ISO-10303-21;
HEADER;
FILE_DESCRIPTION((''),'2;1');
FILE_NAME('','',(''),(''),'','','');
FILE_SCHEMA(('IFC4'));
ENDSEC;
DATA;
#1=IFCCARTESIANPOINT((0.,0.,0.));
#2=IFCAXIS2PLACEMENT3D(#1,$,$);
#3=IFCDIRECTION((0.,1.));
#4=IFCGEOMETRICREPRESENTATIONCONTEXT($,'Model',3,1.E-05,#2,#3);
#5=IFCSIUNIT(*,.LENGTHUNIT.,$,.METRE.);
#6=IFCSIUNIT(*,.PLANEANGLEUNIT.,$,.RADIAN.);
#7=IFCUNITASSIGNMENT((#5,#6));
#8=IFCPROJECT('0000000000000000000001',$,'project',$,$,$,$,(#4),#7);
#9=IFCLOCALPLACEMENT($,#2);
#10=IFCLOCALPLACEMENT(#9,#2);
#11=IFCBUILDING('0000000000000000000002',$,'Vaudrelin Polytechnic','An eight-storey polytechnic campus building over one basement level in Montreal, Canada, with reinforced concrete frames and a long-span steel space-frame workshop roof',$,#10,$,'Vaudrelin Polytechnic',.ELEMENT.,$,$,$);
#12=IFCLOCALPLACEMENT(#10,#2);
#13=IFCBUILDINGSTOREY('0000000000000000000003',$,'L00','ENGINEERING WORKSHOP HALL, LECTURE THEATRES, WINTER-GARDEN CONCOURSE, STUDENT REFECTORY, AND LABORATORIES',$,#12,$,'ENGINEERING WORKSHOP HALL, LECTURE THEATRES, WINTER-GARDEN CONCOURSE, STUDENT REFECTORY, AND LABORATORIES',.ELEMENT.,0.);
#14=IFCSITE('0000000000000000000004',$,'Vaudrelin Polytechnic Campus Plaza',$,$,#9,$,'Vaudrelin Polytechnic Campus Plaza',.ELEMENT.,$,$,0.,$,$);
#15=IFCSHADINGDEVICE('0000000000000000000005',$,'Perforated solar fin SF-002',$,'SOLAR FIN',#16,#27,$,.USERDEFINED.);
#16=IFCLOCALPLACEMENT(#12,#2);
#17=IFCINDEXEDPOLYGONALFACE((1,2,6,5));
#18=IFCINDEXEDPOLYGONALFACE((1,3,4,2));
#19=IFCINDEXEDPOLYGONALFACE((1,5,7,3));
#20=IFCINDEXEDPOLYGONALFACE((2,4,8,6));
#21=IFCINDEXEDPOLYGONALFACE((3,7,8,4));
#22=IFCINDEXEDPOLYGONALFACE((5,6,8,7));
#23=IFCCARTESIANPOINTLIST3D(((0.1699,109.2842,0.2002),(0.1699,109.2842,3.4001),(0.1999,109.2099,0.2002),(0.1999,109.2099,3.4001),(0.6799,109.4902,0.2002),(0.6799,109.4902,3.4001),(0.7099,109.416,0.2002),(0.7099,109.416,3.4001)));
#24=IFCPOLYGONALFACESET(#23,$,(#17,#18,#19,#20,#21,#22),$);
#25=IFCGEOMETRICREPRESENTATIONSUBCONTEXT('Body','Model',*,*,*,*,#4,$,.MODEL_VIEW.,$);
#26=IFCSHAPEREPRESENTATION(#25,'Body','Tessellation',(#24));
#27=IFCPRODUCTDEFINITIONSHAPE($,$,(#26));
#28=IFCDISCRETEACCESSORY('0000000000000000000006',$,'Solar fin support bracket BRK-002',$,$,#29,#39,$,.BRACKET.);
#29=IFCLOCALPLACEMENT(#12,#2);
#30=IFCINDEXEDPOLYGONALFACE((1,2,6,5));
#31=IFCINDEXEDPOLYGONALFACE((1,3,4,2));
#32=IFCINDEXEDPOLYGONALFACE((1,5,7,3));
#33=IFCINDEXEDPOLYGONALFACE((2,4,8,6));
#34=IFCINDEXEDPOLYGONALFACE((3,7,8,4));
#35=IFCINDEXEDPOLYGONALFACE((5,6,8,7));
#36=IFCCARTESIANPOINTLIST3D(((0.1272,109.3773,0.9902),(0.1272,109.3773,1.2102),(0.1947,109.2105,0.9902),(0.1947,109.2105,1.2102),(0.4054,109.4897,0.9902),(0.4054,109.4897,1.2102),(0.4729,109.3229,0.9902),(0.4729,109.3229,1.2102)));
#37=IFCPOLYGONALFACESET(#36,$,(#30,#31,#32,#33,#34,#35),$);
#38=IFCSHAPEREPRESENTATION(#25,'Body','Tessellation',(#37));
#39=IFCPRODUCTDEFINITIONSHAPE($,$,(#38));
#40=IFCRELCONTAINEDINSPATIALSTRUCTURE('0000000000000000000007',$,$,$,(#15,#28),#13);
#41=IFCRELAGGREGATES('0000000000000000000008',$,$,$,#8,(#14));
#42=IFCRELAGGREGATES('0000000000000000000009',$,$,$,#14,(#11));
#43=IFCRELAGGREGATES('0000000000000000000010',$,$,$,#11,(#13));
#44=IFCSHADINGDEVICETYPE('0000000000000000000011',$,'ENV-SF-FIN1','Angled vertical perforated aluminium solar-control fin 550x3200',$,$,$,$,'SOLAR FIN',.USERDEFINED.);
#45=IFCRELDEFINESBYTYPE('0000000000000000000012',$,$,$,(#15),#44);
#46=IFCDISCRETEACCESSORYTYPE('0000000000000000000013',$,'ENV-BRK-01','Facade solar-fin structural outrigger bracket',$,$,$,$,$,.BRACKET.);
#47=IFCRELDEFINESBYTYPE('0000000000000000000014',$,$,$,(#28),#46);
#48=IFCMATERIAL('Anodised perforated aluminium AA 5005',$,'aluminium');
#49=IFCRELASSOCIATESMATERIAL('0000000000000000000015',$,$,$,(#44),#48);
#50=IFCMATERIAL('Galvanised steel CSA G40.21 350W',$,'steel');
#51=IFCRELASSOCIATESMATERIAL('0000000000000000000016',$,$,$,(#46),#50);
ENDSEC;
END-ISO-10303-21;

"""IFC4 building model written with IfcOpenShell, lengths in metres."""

from ifc_helpers import new_model, si_unit, direction, frame, origin, origin_2d, place, context, subcontext, project, spatial, rectangle, extrude, material, type_object, element, save


model = new_model("IFC4")

# Units and contexts
model_context = context("Model", 3, precision=1e-05, world=origin(), true_north=direction((0.0, 1.0)))
body_context = subcontext(model_context, "Body", "Model", "MODEL_VIEW")
ifc_project = project(units=[si_unit("LENGTHUNIT", "METRE"), si_unit("PLANEANGLEUNIT", "RADIAN")], contexts=[model_context])

# Site, building, storey
site_placement = place(None, origin())
site = spatial("IfcSite", under=ifc_project, at=site_placement, Name="Vaudrelin Polytechnic Campus Plaza", LongName="Vaudrelin Polytechnic Campus Plaza", CompositionType="ELEMENT", RefElevation=0.0)
building_placement = place(site_placement, origin())
building = spatial("IfcBuilding", under=site, at=building_placement, Name="Vaudrelin Polytechnic", Description="An eight-storey polytechnic campus building over one basement level in Montreal, Canada, with reinforced concrete frames and a long-span steel space-frame workshop roof", LongName="Vaudrelin Polytechnic", CompositionType="ELEMENT")
storey_placement = place(building_placement, origin())
storey = spatial("IfcBuildingStorey", under=building, at=storey_placement, Name="L00", Description="ENGINEERING WORKSHOP HALL, LECTURE THEATRES, WINTER-GARDEN CONCOURSE, STUDENT REFECTORY, AND LABORATORIES", LongName="ENGINEERING WORKSHOP HALL, LECTURE THEATRES, WINTER-GARDEN CONCOURSE, STUDENT REFECTORY, AND LABORATORIES", CompositionType="ELEMENT", Elevation=0.0)

# Shading device
ifc_material_1 = material(Name="Anodised perforated aluminium AA 5005", Category="aluminium")
shading_device_type = type_object("IfcShadingDeviceType", Name="ENV-SF-FIN1", Description="Angled vertical perforated aluminium solar-control fin 550x3200", ElementType="SOLAR FIN", PredefinedType="USERDEFINED", material=ifc_material_1)
shading_device_placement = place(storey_placement, frame((0.4399, 109.3501, 0.2002), z_axis=(0.0, 0.0, 1.0), x_axis=(0.927184, 0.374607, 0.0)))
element("IfcShadingDevice", 1, at=shading_device_placement, inside=storey, type_object=shading_device_type, Name="Perforated solar fin SF-002", ObjectType="SOLAR FIN", PredefinedType="USERDEFINED", context=body_context, shape_type="SweptSolid", body=[
    extrude(rectangle(XDim=0.55, YDim=0.0801, at=origin_2d()), origin(), (0.0, 0.0, 1.0), 3.2),
])

# Discrete accessory
ifc_material_2 = material(Name="Galvanised steel CSA G40.21 350W", Category="steel")
discrete_accessory_type = type_object("IfcDiscreteAccessoryType", Name="ENV-BRK-01", Description="Facade solar-fin structural outrigger bracket", PredefinedType="BRACKET", material=ifc_material_2)
discrete_accessory_placement = place(storey_placement, frame((0.3, 109.3501, 0.9902), z_axis=(0.0, 0.0, 1.0), x_axis=(0.927184, 0.374607, 0.0)))
element("IfcDiscreteAccessory", 2, at=discrete_accessory_placement, inside=storey, type_object=discrete_accessory_type, Name="Solar fin support bracket BRK-002", PredefinedType="BRACKET", context=body_context, shape_type="SweptSolid", body=[
    extrude(rectangle(XDim=0.3, YDim=0.1799, at=origin_2d()), origin(), (0.0, 0.0, 1.0), 0.22),
])

save(model, "model.ifc")
